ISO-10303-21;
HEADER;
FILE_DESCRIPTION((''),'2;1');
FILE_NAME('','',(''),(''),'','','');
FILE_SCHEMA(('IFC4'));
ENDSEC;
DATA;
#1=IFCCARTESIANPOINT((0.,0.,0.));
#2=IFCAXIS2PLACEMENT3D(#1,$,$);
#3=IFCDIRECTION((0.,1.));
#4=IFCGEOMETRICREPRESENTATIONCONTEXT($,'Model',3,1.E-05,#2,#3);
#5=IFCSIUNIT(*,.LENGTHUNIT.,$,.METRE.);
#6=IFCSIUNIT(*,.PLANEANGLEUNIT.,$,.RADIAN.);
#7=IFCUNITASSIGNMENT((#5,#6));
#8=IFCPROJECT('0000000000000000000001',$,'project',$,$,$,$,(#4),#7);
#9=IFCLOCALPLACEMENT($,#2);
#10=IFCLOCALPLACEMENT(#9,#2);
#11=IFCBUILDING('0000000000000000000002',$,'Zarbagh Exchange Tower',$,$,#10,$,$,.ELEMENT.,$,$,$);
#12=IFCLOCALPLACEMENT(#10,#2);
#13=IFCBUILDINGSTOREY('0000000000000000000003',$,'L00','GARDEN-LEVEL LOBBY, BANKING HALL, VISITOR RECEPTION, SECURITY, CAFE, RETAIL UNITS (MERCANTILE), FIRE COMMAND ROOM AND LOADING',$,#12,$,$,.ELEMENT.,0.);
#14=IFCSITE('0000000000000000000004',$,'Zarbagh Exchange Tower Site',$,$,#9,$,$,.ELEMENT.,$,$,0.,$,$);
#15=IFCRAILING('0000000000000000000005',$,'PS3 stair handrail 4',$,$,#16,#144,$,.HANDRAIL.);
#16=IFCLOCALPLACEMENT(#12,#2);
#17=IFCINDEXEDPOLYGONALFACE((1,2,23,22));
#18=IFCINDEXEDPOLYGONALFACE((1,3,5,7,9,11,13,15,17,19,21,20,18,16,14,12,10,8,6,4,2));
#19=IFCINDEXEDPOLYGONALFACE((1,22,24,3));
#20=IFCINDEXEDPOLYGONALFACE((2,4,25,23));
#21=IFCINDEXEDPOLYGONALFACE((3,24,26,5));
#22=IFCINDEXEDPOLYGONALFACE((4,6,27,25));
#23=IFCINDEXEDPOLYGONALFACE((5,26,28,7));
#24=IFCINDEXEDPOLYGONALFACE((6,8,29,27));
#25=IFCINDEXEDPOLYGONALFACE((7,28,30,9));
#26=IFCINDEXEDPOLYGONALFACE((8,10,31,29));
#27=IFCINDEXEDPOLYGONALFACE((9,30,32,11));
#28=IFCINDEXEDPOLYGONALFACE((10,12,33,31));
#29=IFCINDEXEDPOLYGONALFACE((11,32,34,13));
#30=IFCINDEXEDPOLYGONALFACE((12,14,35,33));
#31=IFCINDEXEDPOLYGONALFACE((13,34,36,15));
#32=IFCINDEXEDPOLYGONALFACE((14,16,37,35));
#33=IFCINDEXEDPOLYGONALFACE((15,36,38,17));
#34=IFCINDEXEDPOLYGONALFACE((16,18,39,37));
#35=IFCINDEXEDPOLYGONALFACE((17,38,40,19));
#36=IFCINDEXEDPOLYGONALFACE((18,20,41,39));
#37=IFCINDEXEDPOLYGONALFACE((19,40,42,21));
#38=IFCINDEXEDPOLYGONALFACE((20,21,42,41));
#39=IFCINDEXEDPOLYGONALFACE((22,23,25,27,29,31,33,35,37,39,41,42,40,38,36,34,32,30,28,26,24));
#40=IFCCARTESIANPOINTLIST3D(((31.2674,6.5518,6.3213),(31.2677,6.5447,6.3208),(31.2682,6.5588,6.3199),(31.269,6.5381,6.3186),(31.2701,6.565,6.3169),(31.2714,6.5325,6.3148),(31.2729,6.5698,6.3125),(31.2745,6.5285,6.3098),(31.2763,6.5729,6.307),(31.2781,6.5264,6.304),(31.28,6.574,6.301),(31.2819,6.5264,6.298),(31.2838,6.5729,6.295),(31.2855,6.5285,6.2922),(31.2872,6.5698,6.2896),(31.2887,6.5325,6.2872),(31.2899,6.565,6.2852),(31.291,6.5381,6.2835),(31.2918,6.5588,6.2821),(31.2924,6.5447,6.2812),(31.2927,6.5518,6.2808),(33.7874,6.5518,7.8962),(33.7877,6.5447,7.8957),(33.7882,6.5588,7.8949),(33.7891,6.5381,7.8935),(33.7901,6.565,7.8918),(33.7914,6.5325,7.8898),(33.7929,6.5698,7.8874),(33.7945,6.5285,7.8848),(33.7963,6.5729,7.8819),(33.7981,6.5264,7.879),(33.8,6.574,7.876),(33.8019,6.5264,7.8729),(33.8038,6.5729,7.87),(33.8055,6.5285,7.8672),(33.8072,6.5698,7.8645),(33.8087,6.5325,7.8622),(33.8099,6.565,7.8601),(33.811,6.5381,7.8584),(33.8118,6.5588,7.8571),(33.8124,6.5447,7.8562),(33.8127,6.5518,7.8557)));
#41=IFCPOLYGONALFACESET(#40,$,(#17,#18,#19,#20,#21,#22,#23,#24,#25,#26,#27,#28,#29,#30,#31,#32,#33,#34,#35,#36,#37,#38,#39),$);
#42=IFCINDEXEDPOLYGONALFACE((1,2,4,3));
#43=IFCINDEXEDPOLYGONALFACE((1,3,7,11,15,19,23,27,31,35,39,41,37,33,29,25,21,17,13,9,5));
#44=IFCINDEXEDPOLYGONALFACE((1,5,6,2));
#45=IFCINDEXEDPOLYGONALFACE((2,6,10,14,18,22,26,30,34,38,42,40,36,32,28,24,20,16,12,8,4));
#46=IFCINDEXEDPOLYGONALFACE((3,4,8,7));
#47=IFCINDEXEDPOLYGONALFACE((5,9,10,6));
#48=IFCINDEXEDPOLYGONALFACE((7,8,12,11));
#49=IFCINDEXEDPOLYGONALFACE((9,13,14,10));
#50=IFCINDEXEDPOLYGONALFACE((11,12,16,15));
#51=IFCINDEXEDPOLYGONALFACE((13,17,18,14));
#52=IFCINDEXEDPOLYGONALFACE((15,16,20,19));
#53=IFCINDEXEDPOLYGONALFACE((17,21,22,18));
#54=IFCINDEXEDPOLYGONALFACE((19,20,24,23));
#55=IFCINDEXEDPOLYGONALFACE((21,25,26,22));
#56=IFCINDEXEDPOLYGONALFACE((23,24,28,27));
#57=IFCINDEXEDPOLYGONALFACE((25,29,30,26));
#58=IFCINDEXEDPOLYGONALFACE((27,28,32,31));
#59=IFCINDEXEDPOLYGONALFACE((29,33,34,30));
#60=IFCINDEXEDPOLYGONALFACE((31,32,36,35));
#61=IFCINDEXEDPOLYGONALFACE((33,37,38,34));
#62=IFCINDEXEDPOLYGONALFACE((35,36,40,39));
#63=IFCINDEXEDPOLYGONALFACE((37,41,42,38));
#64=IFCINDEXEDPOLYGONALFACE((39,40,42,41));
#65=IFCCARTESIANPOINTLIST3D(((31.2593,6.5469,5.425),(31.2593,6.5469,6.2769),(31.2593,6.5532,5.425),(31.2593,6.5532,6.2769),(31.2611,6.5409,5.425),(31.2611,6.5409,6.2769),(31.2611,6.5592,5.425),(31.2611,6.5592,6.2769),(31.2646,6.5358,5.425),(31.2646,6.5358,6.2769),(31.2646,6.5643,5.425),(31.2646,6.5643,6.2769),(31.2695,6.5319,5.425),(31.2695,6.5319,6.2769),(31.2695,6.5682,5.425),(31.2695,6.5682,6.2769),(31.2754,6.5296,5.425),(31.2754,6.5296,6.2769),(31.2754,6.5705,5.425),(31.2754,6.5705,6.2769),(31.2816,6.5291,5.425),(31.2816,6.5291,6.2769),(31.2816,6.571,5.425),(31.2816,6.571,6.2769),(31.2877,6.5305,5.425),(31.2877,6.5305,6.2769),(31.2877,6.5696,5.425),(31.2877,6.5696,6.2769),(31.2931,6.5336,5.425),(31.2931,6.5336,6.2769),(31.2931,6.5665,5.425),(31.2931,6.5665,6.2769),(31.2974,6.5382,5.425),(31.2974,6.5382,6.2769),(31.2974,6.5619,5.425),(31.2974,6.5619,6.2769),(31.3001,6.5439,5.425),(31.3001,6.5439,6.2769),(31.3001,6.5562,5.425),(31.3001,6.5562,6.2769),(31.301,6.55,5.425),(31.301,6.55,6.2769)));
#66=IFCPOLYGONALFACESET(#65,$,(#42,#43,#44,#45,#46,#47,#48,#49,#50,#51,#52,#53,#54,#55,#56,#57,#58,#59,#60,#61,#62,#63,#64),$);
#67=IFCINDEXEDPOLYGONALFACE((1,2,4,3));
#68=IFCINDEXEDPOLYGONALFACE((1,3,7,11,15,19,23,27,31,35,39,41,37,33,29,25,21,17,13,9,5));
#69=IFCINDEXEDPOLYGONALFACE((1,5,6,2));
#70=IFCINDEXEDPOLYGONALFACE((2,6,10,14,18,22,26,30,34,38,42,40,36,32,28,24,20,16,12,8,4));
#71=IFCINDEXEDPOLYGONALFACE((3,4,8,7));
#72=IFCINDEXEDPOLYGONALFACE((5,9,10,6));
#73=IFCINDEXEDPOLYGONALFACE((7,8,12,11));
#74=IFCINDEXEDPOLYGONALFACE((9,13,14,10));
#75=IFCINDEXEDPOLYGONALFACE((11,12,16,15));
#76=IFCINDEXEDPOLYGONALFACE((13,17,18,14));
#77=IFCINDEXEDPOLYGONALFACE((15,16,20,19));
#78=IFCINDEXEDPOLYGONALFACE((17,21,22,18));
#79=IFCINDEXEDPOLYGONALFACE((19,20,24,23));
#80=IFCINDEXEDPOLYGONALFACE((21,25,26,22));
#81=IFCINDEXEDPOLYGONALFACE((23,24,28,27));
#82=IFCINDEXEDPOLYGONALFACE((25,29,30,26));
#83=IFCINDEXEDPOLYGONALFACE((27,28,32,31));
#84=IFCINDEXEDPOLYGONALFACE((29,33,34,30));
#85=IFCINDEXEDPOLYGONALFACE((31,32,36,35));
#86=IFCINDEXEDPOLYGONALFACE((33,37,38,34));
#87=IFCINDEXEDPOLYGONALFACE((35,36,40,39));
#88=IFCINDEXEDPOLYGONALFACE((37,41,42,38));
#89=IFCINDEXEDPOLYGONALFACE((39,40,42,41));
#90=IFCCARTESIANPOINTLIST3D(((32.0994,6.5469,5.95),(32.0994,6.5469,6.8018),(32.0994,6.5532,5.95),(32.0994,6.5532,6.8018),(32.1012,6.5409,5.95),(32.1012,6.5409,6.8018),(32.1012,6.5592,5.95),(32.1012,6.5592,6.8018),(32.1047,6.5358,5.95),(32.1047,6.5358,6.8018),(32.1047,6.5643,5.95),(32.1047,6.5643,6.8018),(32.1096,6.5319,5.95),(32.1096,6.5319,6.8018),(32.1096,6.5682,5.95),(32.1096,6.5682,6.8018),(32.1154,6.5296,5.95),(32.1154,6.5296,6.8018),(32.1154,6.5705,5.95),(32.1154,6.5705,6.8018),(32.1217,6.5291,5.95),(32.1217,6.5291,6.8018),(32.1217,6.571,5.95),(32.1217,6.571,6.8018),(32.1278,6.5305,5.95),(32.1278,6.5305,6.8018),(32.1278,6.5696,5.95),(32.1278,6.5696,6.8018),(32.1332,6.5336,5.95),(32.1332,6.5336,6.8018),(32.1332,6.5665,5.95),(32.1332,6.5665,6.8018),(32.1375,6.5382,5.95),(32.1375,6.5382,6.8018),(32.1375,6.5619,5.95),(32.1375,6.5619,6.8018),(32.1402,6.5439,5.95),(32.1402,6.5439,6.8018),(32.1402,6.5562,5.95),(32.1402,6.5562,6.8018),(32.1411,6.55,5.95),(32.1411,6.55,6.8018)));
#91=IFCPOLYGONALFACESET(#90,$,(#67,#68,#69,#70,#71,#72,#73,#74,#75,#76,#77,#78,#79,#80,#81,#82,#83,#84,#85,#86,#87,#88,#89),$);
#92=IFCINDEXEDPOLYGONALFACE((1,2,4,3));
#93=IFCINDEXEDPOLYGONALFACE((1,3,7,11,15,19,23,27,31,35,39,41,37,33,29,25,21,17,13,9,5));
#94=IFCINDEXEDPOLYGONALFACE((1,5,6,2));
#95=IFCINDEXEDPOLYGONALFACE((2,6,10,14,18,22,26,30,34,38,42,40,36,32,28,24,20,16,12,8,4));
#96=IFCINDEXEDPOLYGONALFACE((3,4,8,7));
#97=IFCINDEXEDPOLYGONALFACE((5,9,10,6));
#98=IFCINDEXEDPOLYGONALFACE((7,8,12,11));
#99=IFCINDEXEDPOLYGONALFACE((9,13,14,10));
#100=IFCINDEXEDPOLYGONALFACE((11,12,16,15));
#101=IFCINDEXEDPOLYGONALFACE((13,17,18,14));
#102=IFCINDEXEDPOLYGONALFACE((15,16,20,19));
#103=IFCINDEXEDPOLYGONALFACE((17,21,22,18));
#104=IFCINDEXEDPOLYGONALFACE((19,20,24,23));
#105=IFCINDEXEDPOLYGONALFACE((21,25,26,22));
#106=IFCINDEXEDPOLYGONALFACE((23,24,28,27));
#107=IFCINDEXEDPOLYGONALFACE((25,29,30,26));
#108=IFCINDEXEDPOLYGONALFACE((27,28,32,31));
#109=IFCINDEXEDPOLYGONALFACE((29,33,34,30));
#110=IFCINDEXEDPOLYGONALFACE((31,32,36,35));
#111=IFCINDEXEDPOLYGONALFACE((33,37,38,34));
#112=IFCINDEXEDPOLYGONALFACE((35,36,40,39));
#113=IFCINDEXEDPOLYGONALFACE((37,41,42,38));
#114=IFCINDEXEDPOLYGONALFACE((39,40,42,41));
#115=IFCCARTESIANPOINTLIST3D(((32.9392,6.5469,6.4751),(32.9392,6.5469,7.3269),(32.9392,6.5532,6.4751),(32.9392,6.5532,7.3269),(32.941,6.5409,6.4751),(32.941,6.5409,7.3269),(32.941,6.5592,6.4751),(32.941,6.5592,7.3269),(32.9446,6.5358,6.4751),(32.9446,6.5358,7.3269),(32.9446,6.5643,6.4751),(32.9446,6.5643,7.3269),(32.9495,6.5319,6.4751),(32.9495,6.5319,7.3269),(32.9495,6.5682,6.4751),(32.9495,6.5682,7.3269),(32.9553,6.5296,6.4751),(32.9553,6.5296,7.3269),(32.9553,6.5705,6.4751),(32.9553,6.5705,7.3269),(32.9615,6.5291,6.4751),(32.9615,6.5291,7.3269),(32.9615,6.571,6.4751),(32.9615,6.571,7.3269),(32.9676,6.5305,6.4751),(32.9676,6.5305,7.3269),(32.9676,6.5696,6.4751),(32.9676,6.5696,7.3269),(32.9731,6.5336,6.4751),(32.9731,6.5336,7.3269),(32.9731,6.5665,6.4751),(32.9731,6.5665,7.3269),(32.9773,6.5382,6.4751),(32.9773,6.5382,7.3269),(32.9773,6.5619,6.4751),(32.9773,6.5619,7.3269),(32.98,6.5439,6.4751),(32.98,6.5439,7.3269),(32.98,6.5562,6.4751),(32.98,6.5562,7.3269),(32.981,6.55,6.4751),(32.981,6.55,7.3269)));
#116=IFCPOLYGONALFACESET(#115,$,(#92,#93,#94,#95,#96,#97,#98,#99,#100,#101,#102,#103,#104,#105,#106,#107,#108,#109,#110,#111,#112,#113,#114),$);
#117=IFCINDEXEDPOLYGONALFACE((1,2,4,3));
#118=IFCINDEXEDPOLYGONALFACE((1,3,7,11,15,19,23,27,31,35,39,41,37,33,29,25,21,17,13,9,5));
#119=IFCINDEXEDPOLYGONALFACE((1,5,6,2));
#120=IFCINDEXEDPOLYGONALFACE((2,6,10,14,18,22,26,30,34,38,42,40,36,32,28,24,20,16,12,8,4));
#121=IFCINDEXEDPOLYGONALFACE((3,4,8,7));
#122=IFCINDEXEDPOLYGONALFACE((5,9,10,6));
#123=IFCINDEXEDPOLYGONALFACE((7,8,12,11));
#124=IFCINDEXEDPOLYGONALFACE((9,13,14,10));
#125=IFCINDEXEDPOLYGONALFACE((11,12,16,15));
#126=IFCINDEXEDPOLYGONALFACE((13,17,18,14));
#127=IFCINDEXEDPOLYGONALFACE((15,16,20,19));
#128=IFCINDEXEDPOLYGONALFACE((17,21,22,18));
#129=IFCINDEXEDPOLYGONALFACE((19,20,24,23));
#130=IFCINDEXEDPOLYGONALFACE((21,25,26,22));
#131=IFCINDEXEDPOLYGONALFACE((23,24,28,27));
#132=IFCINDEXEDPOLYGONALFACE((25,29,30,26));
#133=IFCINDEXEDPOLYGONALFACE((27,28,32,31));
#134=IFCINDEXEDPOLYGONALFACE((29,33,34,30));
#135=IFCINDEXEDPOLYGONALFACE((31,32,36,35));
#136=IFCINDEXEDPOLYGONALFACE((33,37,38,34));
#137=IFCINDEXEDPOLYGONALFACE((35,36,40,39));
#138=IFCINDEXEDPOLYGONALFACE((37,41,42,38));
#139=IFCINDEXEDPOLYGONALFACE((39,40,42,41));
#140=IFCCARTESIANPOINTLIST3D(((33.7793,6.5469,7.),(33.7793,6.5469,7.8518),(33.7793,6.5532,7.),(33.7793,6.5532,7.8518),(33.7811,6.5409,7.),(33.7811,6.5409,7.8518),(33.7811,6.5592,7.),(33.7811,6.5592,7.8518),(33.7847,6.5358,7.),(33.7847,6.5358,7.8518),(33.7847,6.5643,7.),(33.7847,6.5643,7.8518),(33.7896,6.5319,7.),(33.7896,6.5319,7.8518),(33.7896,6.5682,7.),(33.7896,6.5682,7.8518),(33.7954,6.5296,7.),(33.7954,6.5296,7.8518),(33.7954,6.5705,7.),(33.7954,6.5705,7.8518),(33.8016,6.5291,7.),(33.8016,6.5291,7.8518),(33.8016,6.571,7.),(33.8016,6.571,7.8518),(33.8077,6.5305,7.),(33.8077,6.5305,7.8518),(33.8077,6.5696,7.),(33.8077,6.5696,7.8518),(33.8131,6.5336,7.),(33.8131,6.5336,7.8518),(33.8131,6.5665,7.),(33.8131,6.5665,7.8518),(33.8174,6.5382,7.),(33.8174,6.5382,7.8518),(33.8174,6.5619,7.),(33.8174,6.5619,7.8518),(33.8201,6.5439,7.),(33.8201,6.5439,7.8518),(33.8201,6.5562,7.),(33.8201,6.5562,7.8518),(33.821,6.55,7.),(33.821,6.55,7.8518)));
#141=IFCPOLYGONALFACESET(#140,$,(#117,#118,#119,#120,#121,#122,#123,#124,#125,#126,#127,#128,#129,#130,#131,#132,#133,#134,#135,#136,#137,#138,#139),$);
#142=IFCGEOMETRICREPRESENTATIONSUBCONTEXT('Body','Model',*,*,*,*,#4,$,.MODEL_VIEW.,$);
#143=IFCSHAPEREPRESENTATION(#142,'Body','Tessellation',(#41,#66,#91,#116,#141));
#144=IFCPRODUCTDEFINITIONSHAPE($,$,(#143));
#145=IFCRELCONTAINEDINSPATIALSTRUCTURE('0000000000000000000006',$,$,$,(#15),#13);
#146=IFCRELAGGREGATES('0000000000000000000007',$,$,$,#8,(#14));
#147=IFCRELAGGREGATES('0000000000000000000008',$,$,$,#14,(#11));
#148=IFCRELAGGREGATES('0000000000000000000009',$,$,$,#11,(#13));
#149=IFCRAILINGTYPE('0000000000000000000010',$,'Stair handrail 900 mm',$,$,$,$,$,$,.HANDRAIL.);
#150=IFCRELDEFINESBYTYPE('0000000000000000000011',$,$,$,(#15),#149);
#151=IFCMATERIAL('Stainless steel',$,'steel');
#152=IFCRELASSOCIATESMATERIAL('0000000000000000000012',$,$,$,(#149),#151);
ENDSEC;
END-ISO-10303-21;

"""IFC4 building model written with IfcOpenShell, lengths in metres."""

from ifc_helpers import new_model, si_unit, direction, frame, origin, origin_2d, place, context, subcontext, project, spatial, circle, extrude, material, type_object, element, save


model = new_model("IFC4")

# Units and contexts
model_context = context("Model", 3, precision=1e-05, world=origin(), true_north=direction((0.0, 1.0)))
body_context = subcontext(model_context, "Body", "Model", "MODEL_VIEW")
ifc_project = project(units=[si_unit("LENGTHUNIT", "METRE"), si_unit("PLANEANGLEUNIT", "RADIAN")], contexts=[model_context])

# Site, building, storey
site_placement = place(None, origin())
site = spatial("IfcSite", under=ifc_project, at=site_placement, Name="Zarbagh Exchange Tower Site", CompositionType="ELEMENT", RefElevation=0.0)
building_placement = place(site_placement, origin())
building = spatial("IfcBuilding", under=site, at=building_placement, Name="Zarbagh Exchange Tower", CompositionType="ELEMENT")
storey_placement = place(building_placement, origin())
storey = spatial("IfcBuildingStorey", under=building, at=storey_placement, Name="L00", Description="GARDEN-LEVEL LOBBY, BANKING HALL, VISITOR RECEPTION, SECURITY, CAFE, RETAIL UNITS (MERCANTILE), FIRE COMMAND ROOM AND LOADING", CompositionType="ELEMENT", Elevation=0.0)

# Railing
ifc_material_1 = material(Name="Stainless steel", Category="steel")
railing_type_1 = type_object("IfcRailingType", Name="Stair handrail 900 mm", PredefinedType="HANDRAIL", material=ifc_material_1)
for number, where, name in (
    (1, (31.28, 6.55, 5.425), "PS3 stair handrail 4"),
):
    element("IfcRailing", number, at=place(storey_placement, frame(where)), inside=storey, type_object=railing_type_1, Name=name, PredefinedType="HANDRAIL", context=body_context, shape_type="SweptSolid", body=[
        extrude(circle(Radius=0.0239, at=origin_2d()), frame((0.0, 0.0, 0.876), z_axis=(0.848008, 0.0, 0.529984), x_axis=(0.0, 1.0, 0.0)), (0.0, 0.0, 1.0), 2.9717),
        extrude(circle(Radius=0.021, at=origin_2d()), origin(), (0.0, 0.0, 1.0), 0.8518),
        extrude(circle(Radius=0.021, at=origin_2d()), frame((0.8401, 0.0, 0.5249)), (0.0, 0.0, 1.0), 0.8518),
        extrude(circle(Radius=0.021, at=origin_2d()), frame((1.6799, 0.0, 1.05)), (0.0, 0.0, 1.0), 0.8518),
        extrude(circle(Radius=0.021, at=origin_2d()), frame((2.52, 0.0, 1.575)), (0.0, 0.0, 1.0), 0.8518),
    ])

save(model, "model.ifc")
